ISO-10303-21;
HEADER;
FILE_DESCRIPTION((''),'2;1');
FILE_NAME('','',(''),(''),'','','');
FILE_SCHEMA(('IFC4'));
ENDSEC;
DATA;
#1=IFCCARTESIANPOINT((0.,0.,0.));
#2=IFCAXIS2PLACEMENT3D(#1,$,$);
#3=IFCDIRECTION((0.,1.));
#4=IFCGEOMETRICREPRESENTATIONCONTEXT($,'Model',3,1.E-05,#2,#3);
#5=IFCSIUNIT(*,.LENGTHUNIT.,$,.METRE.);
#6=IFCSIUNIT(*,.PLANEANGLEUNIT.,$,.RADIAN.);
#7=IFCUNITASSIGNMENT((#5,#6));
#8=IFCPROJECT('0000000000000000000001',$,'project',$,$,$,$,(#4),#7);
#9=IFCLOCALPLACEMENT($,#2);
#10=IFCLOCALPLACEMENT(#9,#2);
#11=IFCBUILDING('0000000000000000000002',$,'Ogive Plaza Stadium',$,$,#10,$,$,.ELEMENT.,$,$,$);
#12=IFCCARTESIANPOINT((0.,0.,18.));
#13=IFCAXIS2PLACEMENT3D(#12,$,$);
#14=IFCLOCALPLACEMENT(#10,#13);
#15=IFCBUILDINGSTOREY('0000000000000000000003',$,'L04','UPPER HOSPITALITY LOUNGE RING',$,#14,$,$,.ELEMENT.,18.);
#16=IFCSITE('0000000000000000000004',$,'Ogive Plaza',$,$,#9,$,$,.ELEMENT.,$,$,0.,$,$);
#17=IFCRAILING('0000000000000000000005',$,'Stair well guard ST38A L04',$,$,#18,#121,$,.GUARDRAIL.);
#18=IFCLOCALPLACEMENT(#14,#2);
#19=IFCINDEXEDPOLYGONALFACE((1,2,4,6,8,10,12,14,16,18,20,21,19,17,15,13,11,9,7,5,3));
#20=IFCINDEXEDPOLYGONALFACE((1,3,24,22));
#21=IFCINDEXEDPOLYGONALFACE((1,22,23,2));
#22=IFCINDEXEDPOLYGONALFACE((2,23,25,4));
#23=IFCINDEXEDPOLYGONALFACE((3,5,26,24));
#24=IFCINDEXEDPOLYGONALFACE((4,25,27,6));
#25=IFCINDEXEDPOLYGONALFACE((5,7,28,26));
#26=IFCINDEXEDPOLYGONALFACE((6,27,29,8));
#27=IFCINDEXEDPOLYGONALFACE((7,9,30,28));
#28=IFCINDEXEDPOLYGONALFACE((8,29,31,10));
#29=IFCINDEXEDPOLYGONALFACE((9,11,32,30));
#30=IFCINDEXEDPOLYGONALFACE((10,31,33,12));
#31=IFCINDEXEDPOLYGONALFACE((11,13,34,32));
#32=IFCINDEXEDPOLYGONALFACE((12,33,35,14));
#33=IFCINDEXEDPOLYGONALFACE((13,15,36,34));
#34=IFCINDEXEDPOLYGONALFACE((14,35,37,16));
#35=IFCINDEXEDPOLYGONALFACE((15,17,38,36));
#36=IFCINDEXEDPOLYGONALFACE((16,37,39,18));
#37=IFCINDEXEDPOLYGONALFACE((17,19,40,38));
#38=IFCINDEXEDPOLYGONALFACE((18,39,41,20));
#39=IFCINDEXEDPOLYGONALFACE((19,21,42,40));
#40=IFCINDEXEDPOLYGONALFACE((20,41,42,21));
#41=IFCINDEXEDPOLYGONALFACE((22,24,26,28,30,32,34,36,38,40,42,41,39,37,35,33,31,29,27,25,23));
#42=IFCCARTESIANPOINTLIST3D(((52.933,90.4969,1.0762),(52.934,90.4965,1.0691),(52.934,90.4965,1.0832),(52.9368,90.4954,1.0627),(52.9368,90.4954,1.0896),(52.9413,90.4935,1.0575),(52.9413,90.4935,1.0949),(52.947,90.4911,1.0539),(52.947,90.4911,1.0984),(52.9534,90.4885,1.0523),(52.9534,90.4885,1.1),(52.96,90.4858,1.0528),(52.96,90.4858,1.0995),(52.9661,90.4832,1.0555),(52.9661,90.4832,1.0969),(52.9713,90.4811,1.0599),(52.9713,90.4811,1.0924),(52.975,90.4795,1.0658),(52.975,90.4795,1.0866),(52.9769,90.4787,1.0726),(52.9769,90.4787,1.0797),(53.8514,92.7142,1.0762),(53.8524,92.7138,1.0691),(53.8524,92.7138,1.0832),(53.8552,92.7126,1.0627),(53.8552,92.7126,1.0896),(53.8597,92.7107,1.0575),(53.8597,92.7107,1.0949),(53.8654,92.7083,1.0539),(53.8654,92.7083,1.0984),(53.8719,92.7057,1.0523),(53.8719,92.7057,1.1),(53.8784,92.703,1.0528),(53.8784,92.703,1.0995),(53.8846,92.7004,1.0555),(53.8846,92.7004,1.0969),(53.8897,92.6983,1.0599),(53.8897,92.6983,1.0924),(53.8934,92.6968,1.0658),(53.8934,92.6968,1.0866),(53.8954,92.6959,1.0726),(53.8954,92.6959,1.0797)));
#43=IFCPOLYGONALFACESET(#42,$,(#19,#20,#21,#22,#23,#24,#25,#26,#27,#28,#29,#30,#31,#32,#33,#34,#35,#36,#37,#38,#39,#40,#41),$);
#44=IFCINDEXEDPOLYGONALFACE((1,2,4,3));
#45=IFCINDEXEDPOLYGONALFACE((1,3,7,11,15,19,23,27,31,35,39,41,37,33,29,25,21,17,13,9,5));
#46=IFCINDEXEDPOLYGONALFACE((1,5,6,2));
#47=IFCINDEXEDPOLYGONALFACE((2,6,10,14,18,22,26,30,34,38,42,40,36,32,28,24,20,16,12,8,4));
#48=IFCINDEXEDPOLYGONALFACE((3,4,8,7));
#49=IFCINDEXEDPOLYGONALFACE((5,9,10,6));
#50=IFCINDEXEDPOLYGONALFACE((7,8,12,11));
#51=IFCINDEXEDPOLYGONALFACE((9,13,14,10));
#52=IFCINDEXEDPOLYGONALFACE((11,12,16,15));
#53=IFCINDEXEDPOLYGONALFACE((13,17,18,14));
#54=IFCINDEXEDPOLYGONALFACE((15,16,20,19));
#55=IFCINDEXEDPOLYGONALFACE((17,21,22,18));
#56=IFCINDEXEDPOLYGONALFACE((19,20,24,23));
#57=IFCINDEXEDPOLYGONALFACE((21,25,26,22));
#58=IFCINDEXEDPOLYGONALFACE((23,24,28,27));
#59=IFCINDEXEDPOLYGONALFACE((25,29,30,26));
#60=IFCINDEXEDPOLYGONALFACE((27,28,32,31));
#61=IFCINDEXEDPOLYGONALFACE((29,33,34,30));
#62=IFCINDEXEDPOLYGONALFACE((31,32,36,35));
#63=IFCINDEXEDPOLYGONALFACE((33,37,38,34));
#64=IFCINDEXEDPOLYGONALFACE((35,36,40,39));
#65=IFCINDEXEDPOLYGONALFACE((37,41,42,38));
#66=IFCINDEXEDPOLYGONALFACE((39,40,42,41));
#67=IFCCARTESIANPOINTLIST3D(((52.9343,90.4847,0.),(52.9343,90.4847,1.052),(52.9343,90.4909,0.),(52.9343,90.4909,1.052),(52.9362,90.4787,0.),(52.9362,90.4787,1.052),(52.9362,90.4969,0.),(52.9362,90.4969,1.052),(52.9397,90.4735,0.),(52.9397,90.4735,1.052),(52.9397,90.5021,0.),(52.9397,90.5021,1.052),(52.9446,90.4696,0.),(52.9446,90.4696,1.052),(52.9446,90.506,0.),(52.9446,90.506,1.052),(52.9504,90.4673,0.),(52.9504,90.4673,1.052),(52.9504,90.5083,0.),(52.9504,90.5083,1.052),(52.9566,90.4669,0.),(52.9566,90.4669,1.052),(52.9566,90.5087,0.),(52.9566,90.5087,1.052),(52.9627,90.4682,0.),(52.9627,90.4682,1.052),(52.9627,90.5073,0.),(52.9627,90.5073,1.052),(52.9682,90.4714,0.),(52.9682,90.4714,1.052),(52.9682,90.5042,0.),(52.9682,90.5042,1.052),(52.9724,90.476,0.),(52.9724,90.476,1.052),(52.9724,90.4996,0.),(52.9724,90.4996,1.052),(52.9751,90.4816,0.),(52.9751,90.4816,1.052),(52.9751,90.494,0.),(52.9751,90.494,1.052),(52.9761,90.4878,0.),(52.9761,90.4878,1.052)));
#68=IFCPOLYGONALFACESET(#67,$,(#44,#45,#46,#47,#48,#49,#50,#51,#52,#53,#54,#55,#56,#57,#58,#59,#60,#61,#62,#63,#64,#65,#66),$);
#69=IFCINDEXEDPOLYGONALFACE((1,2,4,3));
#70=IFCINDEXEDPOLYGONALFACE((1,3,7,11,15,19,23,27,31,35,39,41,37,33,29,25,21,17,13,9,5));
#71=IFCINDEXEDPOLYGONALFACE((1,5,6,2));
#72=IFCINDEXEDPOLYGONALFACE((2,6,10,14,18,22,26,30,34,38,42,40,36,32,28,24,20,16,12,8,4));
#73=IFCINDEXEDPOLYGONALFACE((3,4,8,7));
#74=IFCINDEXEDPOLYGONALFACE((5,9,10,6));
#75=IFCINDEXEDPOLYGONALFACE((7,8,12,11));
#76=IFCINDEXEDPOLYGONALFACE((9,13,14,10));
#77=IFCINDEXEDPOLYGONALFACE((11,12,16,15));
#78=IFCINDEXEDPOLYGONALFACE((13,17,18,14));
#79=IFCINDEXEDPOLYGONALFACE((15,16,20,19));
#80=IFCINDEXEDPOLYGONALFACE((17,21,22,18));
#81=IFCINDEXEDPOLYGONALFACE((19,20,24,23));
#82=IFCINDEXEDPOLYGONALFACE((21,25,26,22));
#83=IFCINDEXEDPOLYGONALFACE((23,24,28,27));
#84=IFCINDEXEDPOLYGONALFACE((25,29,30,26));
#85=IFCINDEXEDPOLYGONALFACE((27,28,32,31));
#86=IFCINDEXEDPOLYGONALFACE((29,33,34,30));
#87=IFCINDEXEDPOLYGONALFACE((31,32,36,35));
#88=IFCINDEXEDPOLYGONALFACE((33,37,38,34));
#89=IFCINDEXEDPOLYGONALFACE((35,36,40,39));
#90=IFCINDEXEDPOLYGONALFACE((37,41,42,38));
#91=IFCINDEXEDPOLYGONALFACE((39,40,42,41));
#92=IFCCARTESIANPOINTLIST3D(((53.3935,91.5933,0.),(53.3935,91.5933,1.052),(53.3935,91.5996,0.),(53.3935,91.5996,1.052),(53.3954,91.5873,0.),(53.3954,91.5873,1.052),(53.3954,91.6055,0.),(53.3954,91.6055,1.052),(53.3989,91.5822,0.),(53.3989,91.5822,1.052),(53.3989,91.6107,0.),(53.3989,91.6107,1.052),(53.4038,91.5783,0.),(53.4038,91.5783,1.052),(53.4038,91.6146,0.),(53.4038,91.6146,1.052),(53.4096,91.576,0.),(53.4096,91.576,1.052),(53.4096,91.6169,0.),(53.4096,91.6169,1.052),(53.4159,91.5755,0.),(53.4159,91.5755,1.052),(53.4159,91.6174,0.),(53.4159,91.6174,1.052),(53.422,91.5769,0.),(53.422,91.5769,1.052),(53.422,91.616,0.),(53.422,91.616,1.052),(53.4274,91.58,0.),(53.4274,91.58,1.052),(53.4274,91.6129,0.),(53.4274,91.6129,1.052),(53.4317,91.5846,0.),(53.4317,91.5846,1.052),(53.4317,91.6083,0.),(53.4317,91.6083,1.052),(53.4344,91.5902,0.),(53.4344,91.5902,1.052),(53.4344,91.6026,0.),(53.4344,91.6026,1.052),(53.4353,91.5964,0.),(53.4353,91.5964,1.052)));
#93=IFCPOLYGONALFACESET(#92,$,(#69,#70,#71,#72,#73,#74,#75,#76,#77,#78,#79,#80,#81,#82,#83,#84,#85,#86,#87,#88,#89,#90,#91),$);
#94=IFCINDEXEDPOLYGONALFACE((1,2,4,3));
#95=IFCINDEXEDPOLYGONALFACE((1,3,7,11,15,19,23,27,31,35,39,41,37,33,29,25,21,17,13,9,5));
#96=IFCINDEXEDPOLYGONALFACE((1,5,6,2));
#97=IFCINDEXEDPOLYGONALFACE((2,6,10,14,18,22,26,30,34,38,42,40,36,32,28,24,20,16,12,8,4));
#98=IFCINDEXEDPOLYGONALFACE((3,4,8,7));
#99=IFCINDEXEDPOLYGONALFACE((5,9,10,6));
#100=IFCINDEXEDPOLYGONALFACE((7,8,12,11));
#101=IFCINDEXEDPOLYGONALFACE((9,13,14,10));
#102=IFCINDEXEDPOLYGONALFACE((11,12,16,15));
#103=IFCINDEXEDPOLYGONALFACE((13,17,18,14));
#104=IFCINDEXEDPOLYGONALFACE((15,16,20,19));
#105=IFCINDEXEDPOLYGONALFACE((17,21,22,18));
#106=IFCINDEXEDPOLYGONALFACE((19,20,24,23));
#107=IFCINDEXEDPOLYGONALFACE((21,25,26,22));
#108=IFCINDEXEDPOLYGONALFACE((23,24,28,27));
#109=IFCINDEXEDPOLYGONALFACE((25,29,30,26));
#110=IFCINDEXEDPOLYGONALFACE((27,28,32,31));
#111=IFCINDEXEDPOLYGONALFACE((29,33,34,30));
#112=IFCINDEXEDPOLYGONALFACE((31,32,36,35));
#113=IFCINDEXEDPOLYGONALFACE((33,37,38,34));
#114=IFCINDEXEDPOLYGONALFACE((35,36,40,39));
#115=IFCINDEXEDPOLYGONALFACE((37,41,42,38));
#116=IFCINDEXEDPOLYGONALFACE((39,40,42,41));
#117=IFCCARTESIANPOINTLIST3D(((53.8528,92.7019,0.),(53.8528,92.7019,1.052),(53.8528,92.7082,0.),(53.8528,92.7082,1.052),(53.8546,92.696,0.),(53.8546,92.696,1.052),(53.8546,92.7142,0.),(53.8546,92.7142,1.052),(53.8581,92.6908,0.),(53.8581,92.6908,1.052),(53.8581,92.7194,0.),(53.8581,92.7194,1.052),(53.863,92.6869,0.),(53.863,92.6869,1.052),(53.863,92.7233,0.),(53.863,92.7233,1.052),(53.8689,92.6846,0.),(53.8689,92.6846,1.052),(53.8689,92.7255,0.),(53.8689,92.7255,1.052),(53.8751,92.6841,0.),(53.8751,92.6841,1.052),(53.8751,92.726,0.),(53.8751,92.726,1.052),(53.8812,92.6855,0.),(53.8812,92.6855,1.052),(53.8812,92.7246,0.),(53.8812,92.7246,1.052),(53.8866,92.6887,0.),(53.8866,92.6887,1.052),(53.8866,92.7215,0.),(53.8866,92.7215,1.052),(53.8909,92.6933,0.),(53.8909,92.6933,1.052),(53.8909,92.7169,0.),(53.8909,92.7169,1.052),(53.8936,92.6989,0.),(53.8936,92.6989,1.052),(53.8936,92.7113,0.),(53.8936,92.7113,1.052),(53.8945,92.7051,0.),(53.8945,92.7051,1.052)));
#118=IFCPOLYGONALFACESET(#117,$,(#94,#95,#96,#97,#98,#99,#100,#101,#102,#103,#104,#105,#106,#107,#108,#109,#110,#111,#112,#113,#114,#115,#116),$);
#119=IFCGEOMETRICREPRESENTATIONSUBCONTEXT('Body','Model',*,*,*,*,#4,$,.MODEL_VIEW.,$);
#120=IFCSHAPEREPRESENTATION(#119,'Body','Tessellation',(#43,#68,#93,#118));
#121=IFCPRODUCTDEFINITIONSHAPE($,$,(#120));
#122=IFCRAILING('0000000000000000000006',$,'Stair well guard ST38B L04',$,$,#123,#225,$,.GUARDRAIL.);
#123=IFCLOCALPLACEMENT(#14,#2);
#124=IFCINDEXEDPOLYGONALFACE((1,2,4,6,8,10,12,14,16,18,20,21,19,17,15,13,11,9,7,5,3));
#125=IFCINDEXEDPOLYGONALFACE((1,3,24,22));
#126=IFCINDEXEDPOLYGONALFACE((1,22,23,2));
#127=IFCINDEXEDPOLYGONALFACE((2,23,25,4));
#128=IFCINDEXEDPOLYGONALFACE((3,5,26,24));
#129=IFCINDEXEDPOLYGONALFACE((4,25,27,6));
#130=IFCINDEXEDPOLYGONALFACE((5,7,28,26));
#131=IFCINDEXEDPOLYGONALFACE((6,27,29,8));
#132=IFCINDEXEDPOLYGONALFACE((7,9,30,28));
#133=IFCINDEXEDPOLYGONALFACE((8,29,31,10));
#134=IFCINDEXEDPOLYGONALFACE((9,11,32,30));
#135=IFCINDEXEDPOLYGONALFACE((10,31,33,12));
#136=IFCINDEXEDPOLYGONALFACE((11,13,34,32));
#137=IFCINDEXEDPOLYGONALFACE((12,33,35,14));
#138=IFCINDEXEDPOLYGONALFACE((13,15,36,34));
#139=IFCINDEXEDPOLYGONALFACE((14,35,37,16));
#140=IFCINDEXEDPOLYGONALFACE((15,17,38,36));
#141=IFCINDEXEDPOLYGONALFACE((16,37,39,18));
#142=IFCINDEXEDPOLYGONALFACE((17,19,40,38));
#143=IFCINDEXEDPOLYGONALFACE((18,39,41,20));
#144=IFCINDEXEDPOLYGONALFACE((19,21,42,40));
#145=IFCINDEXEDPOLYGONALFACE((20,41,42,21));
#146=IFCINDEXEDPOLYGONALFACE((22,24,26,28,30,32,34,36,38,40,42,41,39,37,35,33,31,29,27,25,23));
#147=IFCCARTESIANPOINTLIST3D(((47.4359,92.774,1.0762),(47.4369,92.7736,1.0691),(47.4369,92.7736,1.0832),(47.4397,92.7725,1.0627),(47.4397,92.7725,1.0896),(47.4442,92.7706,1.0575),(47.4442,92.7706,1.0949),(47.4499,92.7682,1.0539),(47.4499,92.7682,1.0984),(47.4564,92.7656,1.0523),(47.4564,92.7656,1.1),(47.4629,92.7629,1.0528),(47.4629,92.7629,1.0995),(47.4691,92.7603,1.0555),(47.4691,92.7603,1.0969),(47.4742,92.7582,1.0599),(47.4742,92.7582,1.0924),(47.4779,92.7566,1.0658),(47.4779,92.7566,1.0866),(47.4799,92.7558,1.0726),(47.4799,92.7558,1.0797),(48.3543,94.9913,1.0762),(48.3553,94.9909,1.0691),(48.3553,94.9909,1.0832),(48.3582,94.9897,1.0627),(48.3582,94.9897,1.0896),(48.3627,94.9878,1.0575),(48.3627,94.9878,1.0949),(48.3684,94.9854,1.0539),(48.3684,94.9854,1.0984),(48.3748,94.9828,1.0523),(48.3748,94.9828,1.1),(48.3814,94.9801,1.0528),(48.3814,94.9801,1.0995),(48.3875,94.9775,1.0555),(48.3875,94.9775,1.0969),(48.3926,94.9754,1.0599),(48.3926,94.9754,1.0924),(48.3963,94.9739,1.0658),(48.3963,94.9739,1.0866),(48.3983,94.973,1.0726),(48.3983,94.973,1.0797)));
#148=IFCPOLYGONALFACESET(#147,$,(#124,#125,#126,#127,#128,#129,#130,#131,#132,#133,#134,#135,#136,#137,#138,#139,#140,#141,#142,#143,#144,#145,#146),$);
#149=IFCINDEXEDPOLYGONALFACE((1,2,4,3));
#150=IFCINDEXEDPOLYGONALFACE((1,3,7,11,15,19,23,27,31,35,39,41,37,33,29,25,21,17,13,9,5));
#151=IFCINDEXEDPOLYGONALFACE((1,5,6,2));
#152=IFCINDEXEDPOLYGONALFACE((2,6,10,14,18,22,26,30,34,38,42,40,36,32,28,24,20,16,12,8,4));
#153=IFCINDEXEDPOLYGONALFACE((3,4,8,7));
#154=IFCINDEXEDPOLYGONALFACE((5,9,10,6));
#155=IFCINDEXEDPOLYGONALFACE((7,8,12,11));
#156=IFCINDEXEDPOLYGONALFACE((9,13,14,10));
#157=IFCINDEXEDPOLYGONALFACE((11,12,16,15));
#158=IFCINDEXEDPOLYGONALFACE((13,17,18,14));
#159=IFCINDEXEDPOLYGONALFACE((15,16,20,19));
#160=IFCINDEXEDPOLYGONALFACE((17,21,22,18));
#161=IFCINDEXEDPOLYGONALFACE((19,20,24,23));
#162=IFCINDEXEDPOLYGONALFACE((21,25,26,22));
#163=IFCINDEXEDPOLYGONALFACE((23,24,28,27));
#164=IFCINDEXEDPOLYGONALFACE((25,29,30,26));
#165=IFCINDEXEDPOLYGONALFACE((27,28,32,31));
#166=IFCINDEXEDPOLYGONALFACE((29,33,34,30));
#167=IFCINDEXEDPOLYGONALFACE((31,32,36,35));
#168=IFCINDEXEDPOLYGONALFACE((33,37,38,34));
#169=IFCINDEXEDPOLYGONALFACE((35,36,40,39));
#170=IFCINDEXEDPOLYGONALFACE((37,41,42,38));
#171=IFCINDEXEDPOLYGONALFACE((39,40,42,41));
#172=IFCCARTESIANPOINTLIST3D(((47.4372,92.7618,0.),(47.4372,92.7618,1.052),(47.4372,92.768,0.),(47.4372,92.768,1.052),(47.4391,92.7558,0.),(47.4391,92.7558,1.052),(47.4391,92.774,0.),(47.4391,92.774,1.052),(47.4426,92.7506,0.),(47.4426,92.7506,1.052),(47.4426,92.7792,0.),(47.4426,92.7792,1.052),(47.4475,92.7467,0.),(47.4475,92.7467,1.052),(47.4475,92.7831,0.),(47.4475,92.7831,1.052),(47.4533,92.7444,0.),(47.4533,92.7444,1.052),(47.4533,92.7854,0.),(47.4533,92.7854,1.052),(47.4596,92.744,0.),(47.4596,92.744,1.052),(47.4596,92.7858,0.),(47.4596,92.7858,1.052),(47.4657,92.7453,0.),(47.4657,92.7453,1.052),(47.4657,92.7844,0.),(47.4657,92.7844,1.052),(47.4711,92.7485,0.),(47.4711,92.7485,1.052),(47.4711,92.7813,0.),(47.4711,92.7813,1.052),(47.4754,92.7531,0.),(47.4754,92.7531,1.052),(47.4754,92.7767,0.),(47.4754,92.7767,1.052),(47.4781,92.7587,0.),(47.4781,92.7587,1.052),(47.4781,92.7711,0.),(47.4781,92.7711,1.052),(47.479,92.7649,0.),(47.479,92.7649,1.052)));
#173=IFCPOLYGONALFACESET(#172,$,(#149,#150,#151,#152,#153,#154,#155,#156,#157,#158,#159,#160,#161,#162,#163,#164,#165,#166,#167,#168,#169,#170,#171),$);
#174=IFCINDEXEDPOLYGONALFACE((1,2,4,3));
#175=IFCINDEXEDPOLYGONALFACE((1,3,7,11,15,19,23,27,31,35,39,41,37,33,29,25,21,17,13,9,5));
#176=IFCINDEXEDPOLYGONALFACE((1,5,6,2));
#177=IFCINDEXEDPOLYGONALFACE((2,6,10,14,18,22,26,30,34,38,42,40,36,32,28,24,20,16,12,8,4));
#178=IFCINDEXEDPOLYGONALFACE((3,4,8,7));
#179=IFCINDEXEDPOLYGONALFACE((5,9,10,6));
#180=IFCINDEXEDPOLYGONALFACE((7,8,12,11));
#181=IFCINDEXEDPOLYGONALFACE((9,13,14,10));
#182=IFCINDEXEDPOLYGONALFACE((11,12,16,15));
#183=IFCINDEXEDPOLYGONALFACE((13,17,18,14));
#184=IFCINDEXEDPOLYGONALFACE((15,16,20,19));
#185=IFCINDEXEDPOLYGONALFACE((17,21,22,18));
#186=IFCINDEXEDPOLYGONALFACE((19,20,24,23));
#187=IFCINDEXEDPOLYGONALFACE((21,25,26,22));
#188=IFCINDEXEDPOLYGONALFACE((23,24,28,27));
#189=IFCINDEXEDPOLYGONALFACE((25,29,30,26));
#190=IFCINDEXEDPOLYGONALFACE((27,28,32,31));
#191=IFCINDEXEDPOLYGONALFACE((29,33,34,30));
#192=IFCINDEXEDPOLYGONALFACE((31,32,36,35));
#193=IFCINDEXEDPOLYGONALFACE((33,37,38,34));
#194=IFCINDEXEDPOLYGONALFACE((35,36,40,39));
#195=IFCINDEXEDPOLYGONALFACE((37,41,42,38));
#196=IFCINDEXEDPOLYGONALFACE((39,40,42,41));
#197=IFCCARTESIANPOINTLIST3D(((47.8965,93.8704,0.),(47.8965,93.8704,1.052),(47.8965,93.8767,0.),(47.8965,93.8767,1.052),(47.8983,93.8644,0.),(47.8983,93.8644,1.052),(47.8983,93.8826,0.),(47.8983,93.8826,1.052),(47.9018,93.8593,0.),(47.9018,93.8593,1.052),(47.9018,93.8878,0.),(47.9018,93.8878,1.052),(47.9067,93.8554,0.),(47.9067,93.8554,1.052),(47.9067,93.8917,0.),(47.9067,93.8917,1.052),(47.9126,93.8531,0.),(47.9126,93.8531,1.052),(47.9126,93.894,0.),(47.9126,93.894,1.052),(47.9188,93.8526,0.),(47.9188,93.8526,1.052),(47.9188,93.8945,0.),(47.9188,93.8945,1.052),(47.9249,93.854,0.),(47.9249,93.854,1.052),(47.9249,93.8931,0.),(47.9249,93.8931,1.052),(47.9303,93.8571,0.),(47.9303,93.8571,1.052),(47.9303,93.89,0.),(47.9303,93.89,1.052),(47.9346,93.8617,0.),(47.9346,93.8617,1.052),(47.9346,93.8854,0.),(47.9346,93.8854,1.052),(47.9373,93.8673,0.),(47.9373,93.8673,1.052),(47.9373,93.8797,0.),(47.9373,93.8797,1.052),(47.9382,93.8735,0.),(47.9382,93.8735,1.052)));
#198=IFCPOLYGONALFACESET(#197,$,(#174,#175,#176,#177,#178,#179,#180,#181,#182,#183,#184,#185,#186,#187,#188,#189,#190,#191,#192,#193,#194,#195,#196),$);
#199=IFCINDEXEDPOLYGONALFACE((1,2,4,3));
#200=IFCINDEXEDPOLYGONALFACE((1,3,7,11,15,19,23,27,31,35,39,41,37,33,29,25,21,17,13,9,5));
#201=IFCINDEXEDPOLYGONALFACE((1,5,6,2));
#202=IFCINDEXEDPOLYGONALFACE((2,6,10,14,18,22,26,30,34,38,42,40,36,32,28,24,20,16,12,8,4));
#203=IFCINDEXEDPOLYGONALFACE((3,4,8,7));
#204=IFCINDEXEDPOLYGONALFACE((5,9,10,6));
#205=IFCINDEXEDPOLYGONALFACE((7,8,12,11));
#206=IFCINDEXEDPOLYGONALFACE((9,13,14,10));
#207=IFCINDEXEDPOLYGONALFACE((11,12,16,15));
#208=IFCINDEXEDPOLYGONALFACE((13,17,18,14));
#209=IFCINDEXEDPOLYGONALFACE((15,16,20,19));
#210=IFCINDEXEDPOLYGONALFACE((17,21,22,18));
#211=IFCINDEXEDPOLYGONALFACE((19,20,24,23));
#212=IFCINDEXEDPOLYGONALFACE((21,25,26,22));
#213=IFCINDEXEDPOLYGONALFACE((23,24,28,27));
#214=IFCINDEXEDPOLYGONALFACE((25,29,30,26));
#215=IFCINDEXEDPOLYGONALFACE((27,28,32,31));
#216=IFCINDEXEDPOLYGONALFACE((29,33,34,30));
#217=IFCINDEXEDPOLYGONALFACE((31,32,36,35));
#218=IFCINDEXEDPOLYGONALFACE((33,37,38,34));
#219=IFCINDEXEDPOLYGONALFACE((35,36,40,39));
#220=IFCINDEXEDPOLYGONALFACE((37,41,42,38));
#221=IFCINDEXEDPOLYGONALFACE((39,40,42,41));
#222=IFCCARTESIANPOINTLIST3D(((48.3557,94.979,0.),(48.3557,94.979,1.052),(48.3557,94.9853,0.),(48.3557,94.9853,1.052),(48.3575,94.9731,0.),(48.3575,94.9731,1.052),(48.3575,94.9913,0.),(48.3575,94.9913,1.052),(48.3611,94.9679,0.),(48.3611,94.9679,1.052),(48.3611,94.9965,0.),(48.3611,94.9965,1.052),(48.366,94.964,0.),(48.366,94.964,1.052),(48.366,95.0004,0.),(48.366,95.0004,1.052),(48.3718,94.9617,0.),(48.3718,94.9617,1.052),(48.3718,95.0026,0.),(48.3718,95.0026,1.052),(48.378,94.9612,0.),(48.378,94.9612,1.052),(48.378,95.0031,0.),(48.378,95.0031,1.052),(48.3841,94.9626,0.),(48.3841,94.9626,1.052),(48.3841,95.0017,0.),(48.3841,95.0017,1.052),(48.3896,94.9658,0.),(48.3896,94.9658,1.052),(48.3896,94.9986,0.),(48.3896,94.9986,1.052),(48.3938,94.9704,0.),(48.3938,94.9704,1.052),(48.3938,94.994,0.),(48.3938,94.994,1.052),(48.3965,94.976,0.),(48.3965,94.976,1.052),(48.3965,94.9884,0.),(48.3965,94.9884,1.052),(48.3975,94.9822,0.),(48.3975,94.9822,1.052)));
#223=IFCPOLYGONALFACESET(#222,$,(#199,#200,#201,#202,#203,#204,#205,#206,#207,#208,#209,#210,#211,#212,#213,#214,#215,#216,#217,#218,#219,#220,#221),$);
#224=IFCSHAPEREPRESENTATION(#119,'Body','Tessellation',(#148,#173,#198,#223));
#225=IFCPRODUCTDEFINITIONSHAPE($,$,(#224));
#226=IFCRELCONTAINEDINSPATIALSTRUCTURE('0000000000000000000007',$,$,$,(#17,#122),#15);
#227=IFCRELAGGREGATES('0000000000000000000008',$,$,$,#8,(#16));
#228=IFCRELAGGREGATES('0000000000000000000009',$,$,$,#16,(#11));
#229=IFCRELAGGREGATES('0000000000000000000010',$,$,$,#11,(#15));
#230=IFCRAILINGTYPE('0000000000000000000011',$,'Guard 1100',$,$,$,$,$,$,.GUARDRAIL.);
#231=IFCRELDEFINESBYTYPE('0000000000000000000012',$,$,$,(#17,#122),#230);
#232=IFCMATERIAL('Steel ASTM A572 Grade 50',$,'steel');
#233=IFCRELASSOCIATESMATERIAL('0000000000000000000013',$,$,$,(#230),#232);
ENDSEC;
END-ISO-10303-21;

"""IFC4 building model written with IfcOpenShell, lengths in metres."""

from ifc_helpers import new_model, si_unit, direction, frame, origin, origin_2d, place, context, subcontext, project, spatial, circle, extrude, material, type_object, element, save


model = new_model("IFC4")

# Units and contexts
model_context = context("Model", 3, precision=1e-05, world=origin(), true_north=direction((0.0, 1.0)))
body_context = subcontext(model_context, "Body", "Model", "MODEL_VIEW")
ifc_project = project(units=[si_unit("LENGTHUNIT", "METRE"), si_unit("PLANEANGLEUNIT", "RADIAN")], contexts=[model_context])

# Site, building, storey
site_placement = place(None, origin())
site = spatial("IfcSite", under=ifc_project, at=site_placement, Name="Ogive Plaza", CompositionType="ELEMENT", RefElevation=0.0)
building_placement = place(site_placement, origin())
building = spatial("IfcBuilding", under=site, at=building_placement, Name="Ogive Plaza Stadium", CompositionType="ELEMENT")
storey_placement = place(building_placement, frame((0.0, 0.0, 18.0)))
storey = spatial("IfcBuildingStorey", under=building, at=storey_placement, Name="L04", Description="UPPER HOSPITALITY LOUNGE RING", CompositionType="ELEMENT", Elevation=18.0)

# Railings
ifc_material_1 = material(Name="Steel ASTM A572 Grade 50", Category="steel")
railing_type_1 = type_object("IfcRailingType", Name="Guard 1100", PredefinedType="GUARDRAIL", material=ifc_material_1)
for number, where, name in (
    (1, (52.9551, 90.4878, 0.0), "Stair well guard ST38A L04"),
    (2, (47.458, 92.7649, 0.0), "Stair well guard ST38B L04"),
):
    element("IfcRailing", number, at=place(storey_placement, frame(where)), inside=storey, type_object=railing_type_1, Name=name, PredefinedType="GUARDRAIL", context=body_context, shape_type="SweptSolid", body=[
        extrude(circle(Radius=0.0239, at=origin_2d()), frame((0.0, 0.0, 1.0762), z_axis=(0.382693, 0.923875, 0.0), x_axis=(-0.923875, 0.382693, 0.0)), (0.0, 0.0, 1.0), 2.3999),
        extrude(circle(Radius=0.021, at=origin_2d()), origin(), (0.0, 0.0, 1.0), 1.052),
        extrude(circle(Radius=0.021, at=origin_2d()), frame((0.4592, 1.1086, 0.0)), (0.0, 0.0, 1.0), 1.052),
        extrude(circle(Radius=0.021, at=origin_2d()), frame((0.9185, 2.2173, 0.0)), (0.0, 0.0, 1.0), 1.052),
    ])

save(model, "model.ifc")
